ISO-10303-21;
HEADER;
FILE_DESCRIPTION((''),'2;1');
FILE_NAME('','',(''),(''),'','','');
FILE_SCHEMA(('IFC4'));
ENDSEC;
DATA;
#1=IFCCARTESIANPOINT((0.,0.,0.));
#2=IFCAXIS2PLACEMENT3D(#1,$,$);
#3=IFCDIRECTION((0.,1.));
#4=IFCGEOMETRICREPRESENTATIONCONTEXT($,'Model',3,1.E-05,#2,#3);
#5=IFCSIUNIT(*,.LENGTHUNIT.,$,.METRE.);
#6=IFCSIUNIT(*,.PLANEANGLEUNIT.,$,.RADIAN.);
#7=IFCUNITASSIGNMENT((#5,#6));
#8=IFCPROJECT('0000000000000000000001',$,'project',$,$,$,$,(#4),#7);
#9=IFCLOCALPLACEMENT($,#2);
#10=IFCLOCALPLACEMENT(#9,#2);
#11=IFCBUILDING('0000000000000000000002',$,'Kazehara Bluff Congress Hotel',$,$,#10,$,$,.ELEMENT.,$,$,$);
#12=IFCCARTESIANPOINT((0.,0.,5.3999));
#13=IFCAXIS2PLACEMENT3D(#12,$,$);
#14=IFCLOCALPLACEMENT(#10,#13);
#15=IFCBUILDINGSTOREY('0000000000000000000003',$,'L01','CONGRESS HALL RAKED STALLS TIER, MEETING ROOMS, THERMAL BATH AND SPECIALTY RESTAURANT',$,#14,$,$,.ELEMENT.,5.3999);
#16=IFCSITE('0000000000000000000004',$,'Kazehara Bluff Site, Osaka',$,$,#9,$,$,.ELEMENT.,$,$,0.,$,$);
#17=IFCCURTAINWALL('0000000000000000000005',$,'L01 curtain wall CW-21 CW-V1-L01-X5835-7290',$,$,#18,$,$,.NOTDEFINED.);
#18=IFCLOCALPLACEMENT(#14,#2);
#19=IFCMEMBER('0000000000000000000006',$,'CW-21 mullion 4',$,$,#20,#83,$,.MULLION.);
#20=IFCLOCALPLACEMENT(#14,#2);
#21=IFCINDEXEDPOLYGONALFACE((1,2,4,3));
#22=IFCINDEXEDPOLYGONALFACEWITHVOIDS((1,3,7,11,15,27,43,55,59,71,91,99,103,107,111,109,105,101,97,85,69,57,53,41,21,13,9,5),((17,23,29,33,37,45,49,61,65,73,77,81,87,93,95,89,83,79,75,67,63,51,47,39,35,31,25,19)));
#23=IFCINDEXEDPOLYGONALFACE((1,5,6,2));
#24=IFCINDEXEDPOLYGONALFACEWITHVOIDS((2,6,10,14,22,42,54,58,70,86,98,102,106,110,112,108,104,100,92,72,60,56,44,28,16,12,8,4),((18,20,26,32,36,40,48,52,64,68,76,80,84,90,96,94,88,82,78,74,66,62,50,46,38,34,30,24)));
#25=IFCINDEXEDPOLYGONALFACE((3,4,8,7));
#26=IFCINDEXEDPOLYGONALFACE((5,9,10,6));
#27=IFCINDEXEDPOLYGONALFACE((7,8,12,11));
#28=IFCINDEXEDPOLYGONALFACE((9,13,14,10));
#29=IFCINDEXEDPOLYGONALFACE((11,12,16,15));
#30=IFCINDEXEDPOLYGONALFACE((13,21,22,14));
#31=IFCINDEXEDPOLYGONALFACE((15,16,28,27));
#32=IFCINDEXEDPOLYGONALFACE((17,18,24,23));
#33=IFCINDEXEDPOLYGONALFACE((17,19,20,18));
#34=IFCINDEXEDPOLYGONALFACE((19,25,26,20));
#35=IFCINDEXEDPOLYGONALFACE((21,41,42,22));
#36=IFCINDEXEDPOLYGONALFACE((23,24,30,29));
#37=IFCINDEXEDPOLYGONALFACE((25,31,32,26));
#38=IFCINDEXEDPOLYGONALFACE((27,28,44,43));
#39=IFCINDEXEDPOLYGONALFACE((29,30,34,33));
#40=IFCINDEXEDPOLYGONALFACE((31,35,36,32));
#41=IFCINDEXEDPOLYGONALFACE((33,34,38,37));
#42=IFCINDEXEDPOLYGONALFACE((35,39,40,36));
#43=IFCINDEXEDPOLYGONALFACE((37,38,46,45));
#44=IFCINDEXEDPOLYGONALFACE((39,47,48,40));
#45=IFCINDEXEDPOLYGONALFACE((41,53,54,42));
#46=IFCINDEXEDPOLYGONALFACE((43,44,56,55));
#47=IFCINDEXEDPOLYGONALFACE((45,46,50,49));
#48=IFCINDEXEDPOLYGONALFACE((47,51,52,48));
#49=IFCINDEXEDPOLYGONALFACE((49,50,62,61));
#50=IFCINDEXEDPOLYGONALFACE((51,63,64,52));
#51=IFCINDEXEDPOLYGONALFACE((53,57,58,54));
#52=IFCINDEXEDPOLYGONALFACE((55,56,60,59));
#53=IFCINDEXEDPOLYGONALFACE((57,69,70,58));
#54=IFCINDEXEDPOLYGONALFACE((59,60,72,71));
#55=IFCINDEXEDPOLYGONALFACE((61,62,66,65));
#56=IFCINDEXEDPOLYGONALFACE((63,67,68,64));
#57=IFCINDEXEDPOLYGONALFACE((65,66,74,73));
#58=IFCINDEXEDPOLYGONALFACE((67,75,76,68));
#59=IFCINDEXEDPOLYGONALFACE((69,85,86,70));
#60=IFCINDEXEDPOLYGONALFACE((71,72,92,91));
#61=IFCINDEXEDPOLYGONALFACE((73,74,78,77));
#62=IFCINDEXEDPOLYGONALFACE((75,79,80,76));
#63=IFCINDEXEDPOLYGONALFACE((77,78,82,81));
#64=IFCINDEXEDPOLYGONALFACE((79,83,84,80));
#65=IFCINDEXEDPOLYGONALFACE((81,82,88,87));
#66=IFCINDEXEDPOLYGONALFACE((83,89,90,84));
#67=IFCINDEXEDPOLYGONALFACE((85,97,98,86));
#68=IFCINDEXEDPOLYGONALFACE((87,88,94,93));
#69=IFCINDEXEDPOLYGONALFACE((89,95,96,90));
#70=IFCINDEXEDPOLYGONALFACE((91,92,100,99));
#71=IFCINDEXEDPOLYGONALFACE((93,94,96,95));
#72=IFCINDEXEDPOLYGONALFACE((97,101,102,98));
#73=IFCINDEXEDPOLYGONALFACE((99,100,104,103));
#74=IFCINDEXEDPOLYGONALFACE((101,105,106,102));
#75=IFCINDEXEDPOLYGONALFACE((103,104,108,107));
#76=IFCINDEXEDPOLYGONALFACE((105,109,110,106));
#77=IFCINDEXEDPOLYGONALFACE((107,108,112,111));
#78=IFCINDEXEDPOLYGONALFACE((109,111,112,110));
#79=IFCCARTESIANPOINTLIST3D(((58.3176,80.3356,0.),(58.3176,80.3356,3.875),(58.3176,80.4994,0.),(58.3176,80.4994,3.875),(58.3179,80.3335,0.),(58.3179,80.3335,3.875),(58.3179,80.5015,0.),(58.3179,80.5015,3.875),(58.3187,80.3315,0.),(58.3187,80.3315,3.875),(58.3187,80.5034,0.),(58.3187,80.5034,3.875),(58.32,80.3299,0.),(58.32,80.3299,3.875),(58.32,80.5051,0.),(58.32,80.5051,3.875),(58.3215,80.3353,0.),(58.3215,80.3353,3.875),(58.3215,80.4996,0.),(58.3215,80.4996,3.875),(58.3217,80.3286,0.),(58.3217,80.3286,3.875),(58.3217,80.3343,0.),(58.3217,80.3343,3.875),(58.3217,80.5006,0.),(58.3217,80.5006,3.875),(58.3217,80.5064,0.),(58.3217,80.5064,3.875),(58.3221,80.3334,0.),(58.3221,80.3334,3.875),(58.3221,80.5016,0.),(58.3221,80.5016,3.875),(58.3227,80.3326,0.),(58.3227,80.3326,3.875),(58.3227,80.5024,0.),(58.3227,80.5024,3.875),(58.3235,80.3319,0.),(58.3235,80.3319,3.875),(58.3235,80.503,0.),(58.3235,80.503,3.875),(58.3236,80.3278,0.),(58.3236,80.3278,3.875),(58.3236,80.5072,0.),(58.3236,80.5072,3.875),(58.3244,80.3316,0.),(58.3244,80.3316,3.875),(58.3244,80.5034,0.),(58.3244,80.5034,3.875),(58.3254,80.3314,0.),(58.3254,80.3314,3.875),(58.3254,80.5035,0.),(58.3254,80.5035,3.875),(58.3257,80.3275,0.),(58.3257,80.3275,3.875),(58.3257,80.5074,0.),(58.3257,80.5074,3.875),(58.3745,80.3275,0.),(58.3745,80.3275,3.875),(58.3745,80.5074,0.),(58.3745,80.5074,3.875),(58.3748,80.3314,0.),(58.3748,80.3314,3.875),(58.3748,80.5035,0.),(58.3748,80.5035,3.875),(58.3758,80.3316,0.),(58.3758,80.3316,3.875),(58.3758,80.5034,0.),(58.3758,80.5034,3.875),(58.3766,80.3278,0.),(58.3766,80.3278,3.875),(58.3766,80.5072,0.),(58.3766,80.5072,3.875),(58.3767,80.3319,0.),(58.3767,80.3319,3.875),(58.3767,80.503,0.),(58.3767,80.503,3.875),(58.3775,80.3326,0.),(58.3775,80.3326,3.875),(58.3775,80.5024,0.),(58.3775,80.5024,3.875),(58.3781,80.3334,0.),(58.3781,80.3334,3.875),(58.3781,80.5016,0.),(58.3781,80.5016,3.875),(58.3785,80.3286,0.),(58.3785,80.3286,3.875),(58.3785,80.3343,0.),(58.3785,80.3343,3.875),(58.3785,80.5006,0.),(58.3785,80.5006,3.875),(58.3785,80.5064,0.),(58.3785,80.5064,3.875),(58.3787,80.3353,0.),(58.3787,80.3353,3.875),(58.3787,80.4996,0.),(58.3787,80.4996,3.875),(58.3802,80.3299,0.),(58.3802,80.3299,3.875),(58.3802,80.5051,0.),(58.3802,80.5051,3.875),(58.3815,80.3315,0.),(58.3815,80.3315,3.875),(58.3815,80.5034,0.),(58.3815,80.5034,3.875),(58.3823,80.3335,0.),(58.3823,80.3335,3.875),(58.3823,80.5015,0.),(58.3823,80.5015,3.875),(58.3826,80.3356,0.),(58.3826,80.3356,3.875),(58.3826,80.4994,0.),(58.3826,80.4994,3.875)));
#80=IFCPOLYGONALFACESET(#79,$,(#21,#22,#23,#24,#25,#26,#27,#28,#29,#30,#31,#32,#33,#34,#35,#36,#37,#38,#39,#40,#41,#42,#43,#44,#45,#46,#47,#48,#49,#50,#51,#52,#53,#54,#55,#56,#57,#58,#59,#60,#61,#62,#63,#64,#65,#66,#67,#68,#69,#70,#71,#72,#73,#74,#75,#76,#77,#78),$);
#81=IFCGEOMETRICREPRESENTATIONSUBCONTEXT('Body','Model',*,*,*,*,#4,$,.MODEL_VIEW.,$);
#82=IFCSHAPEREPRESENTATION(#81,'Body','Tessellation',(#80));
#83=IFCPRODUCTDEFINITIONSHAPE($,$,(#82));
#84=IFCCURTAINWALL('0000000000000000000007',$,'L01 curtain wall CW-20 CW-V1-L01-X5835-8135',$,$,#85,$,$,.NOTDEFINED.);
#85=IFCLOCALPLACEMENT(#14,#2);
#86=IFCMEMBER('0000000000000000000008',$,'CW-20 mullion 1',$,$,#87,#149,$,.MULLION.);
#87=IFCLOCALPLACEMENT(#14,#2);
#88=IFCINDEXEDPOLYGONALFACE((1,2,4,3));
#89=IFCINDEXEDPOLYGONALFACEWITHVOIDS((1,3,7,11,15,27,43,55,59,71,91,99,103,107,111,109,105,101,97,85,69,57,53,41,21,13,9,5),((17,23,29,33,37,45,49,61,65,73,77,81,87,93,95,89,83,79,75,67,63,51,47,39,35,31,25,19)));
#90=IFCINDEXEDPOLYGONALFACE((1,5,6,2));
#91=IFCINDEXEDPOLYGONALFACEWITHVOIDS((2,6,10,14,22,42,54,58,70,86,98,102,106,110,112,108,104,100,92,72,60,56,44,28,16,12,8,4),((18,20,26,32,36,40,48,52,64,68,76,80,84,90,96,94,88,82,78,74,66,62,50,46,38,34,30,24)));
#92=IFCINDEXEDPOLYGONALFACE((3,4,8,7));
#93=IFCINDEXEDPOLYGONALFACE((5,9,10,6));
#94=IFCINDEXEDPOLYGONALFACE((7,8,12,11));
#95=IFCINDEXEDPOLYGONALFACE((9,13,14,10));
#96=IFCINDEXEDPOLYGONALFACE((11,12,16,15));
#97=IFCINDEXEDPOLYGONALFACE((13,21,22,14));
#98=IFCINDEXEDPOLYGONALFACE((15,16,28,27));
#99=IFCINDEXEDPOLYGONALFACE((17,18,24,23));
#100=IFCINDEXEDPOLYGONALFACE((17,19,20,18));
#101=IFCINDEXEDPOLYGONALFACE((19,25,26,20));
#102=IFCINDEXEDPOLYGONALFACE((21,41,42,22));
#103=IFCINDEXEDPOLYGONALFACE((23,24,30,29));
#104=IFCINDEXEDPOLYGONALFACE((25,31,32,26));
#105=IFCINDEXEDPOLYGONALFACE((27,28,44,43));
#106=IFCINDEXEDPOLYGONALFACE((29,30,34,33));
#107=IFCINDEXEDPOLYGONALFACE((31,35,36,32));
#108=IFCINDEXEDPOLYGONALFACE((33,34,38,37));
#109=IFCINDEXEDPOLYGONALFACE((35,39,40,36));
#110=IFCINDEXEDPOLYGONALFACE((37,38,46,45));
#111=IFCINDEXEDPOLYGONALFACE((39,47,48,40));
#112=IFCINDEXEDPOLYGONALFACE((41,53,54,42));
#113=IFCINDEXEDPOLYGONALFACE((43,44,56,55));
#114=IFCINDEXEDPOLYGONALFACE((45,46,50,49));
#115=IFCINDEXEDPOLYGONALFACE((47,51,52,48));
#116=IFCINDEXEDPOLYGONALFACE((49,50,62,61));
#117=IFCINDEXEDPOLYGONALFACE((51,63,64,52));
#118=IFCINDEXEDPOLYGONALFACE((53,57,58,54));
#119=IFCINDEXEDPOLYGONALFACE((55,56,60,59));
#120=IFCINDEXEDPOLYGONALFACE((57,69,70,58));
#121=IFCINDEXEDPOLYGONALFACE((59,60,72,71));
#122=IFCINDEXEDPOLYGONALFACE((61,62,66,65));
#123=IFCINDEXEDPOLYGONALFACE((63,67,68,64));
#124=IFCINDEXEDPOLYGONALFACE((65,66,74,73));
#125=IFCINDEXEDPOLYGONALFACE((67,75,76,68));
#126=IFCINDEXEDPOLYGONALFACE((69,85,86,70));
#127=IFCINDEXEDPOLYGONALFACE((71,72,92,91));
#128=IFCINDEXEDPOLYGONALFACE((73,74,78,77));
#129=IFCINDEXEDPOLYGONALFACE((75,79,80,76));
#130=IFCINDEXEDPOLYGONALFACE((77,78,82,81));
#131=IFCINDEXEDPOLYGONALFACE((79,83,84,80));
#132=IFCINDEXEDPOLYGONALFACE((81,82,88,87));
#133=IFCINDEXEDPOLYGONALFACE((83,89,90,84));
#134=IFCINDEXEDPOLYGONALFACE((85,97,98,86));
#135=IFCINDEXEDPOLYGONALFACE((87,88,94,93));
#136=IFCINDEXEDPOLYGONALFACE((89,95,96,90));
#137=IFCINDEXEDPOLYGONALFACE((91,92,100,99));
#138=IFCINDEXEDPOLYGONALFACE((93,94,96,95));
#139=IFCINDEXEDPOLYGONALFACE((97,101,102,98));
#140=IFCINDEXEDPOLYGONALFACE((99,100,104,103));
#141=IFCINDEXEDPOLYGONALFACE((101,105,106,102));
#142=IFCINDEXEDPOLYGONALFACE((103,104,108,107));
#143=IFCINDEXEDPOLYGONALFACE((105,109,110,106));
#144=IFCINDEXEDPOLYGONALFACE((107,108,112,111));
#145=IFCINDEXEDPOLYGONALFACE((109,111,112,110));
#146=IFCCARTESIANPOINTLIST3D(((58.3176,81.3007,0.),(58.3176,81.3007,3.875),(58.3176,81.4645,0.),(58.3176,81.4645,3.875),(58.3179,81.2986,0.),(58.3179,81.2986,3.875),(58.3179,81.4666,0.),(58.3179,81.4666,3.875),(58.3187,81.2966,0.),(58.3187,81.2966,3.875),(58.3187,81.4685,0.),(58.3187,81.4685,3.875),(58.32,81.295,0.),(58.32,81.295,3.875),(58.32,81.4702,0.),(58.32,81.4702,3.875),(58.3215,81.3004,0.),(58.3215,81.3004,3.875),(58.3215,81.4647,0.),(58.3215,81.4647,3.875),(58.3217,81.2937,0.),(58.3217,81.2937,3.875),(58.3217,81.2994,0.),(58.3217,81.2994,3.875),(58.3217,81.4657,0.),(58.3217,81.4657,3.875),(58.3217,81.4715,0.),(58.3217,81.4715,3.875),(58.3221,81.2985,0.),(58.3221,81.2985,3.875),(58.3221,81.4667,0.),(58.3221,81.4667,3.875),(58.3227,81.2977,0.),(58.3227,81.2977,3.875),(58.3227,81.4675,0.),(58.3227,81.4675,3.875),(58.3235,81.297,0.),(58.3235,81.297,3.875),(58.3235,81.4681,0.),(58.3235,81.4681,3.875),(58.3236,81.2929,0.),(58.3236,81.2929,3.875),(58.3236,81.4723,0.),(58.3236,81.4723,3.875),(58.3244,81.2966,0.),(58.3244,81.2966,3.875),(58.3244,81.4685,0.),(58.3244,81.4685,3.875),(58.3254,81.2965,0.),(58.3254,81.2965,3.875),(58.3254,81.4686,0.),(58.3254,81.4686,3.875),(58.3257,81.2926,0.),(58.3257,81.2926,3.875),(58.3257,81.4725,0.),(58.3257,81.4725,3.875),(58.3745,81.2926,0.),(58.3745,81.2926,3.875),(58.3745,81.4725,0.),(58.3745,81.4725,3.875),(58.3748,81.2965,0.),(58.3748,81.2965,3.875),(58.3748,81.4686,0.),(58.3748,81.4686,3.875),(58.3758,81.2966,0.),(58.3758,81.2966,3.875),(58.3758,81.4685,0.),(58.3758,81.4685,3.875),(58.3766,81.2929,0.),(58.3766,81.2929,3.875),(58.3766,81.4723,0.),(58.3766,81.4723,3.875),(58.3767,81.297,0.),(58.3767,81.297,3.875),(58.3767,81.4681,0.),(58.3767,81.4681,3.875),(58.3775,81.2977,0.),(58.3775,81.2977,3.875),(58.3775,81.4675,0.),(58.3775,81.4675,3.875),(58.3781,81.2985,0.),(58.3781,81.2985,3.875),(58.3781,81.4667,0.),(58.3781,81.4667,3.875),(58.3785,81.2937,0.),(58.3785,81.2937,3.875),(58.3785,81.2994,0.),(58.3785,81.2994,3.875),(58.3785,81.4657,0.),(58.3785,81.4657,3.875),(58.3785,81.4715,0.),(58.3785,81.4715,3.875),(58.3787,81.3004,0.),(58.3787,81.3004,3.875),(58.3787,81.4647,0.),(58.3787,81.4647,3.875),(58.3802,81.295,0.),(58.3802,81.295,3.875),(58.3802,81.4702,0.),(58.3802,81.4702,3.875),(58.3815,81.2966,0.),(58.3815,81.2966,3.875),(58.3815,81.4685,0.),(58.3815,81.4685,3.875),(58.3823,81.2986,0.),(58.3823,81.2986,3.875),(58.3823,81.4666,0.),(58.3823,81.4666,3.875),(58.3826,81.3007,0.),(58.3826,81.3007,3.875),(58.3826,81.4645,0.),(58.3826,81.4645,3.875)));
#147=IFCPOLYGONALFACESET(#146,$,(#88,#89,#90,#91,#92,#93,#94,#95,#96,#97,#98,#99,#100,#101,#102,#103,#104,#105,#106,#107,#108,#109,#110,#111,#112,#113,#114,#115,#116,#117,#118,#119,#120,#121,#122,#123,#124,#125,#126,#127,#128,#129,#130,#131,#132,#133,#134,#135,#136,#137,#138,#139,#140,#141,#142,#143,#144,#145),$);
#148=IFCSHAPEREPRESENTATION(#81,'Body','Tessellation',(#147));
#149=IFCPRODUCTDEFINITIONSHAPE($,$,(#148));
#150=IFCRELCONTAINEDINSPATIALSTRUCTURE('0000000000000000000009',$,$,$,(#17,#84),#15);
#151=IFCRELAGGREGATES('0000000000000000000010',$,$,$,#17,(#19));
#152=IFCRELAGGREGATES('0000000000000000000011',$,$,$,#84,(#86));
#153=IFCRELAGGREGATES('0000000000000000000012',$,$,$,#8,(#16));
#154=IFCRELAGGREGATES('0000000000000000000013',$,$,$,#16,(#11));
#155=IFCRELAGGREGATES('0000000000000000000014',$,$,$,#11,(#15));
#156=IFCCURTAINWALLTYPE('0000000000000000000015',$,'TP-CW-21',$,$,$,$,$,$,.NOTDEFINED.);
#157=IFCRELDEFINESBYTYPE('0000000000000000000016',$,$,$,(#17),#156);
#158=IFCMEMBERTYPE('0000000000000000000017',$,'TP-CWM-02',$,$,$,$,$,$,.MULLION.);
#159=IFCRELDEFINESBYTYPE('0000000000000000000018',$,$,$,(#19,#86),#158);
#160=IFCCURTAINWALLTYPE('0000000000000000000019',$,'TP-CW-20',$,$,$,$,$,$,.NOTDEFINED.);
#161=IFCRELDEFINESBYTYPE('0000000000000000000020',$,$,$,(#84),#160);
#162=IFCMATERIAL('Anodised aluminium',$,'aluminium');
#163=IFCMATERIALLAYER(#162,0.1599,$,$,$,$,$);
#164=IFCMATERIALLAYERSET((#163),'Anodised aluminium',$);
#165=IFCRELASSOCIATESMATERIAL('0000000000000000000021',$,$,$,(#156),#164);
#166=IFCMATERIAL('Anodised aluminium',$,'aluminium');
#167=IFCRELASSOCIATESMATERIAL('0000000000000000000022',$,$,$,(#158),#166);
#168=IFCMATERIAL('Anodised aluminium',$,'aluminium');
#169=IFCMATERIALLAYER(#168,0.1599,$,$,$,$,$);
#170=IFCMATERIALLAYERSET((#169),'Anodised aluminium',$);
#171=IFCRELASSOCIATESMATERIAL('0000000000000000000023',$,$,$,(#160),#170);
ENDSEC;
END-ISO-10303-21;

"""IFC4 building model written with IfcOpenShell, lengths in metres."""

from ifc_helpers import new_model, si_unit, direction, frame, origin, origin_2d, place, context, subcontext, project, spatial, hollow_rectangle, extrude, material, layer, layer_set, material_profile, profile_set, type_object, element, aggregate, save


model = new_model("IFC4")

# Units and contexts
model_context = context("Model", 3, precision=1e-05, world=origin(), true_north=direction((0.0, 1.0)))
body_context = subcontext(model_context, "Body", "Model", "MODEL_VIEW")
ifc_project = project(units=[si_unit("LENGTHUNIT", "METRE"), si_unit("PLANEANGLEUNIT", "RADIAN")], contexts=[model_context])

# Site, building, storey
site_placement = place(None, origin())
site = spatial("IfcSite", under=ifc_project, at=site_placement, Name="Kazehara Bluff Site, Osaka", CompositionType="ELEMENT", RefElevation=0.0)
building_placement = place(site_placement, origin())
building = spatial("IfcBuilding", under=site, at=building_placement, Name="Kazehara Bluff Congress Hotel", CompositionType="ELEMENT")
storey_placement = place(building_placement, frame((0.0, 0.0, 5.3999)))
storey = spatial("IfcBuildingStorey", under=building, at=storey_placement, Name="L01", Description="CONGRESS HALL RAKED STALLS TIER, MEETING ROOMS, THERMAL BATH AND SPECIALTY RESTAURANT", CompositionType="ELEMENT", Elevation=5.3999)

# Curtain walls, members
ifc_material_1 = material(Name="Anodised aluminium", Category="aluminium")
ifc_layer_1 = layer(ifc_material_1, 0.1599)
ifc_layer_set_1 = layer_set([ifc_layer_1], Name="Anodised aluminium")
curtain_wall_type_1 = type_object("IfcCurtainWallType", Name="TP-CW-21", PredefinedType="NOTDEFINED", material=ifc_layer_set_1)
curtain_wall_1_placement = place(storey_placement, origin())
curtain_wall_1 = element("IfcCurtainWall", 1, at=curtain_wall_1_placement, inside=storey, type_object=curtain_wall_type_1, Name="L01 curtain wall CW-21 CW-V1-L01-X5835-7290", PredefinedType="NOTDEFINED")
ifc_material_2 = material(Name="Anodised aluminium", Category="aluminium")
ifc_material_profile_1 = material_profile(ifc_material_2, hollow_rectangle(XDim=0.0649, YDim=0.1799, WallThickness=0.0039, InnerFilletRadius=0.0039, OuterFilletRadius=0.0081, at=origin_2d()))
ifc_profile_set_1 = profile_set([ifc_material_profile_1], Name="Anodised aluminium")
member_type_1 = type_object("IfcMemberType", Name="TP-CWM-02", PredefinedType="MULLION", material=ifc_profile_set_1)
member_1_placement = place(storey_placement, frame((58.3501, 80.4175, 0.0), z_axis=(0.0, 0.0, 1.0), x_axis=(-1.0, 0.0, 0.0)))
member_1 = element("IfcMember", 2, at=member_1_placement, type_object=member_type_1, Name="CW-21 mullion 4", PredefinedType="MULLION", context=body_context, shape_type="SweptSolid", body=[
    extrude(hollow_rectangle(XDim=0.0649, YDim=0.1799, WallThickness=0.0039, InnerFilletRadius=0.0039, OuterFilletRadius=0.0081, at=origin_2d()), origin(), (0.0, 0.0, 1.0), 3.875),
])
ifc_material_3 = material(Name="Anodised aluminium", Category="aluminium")
ifc_layer_2 = layer(ifc_material_3, 0.1599)
ifc_layer_set_2 = layer_set([ifc_layer_2], Name="Anodised aluminium")
curtain_wall_type_2 = type_object("IfcCurtainWallType", Name="TP-CW-20", PredefinedType="NOTDEFINED", material=ifc_layer_set_2)
curtain_wall_2_placement = place(storey_placement, origin())
curtain_wall_2 = element("IfcCurtainWall", 3, at=curtain_wall_2_placement, inside=storey, type_object=curtain_wall_type_2, Name="L01 curtain wall CW-20 CW-V1-L01-X5835-8135", PredefinedType="NOTDEFINED")
member_2_placement = place(storey_placement, frame((58.3501, 81.3826, 0.0), z_axis=(0.0, 0.0, 1.0), x_axis=(-1.0, 0.0, 0.0)))
member_2 = element("IfcMember", 4, at=member_2_placement, type_object=member_type_1, Name="CW-20 mullion 1", PredefinedType="MULLION", context=body_context, shape_type="SweptSolid", body=[
    extrude(hollow_rectangle(XDim=0.0649, YDim=0.1799, WallThickness=0.0039, InnerFilletRadius=0.0039, OuterFilletRadius=0.0081, at=origin_2d()), origin(), (0.0, 0.0, 1.0), 3.875),
])

aggregate(curtain_wall_1, [member_1])
aggregate(curtain_wall_2, [member_2])

save(model, "model.ifc")
